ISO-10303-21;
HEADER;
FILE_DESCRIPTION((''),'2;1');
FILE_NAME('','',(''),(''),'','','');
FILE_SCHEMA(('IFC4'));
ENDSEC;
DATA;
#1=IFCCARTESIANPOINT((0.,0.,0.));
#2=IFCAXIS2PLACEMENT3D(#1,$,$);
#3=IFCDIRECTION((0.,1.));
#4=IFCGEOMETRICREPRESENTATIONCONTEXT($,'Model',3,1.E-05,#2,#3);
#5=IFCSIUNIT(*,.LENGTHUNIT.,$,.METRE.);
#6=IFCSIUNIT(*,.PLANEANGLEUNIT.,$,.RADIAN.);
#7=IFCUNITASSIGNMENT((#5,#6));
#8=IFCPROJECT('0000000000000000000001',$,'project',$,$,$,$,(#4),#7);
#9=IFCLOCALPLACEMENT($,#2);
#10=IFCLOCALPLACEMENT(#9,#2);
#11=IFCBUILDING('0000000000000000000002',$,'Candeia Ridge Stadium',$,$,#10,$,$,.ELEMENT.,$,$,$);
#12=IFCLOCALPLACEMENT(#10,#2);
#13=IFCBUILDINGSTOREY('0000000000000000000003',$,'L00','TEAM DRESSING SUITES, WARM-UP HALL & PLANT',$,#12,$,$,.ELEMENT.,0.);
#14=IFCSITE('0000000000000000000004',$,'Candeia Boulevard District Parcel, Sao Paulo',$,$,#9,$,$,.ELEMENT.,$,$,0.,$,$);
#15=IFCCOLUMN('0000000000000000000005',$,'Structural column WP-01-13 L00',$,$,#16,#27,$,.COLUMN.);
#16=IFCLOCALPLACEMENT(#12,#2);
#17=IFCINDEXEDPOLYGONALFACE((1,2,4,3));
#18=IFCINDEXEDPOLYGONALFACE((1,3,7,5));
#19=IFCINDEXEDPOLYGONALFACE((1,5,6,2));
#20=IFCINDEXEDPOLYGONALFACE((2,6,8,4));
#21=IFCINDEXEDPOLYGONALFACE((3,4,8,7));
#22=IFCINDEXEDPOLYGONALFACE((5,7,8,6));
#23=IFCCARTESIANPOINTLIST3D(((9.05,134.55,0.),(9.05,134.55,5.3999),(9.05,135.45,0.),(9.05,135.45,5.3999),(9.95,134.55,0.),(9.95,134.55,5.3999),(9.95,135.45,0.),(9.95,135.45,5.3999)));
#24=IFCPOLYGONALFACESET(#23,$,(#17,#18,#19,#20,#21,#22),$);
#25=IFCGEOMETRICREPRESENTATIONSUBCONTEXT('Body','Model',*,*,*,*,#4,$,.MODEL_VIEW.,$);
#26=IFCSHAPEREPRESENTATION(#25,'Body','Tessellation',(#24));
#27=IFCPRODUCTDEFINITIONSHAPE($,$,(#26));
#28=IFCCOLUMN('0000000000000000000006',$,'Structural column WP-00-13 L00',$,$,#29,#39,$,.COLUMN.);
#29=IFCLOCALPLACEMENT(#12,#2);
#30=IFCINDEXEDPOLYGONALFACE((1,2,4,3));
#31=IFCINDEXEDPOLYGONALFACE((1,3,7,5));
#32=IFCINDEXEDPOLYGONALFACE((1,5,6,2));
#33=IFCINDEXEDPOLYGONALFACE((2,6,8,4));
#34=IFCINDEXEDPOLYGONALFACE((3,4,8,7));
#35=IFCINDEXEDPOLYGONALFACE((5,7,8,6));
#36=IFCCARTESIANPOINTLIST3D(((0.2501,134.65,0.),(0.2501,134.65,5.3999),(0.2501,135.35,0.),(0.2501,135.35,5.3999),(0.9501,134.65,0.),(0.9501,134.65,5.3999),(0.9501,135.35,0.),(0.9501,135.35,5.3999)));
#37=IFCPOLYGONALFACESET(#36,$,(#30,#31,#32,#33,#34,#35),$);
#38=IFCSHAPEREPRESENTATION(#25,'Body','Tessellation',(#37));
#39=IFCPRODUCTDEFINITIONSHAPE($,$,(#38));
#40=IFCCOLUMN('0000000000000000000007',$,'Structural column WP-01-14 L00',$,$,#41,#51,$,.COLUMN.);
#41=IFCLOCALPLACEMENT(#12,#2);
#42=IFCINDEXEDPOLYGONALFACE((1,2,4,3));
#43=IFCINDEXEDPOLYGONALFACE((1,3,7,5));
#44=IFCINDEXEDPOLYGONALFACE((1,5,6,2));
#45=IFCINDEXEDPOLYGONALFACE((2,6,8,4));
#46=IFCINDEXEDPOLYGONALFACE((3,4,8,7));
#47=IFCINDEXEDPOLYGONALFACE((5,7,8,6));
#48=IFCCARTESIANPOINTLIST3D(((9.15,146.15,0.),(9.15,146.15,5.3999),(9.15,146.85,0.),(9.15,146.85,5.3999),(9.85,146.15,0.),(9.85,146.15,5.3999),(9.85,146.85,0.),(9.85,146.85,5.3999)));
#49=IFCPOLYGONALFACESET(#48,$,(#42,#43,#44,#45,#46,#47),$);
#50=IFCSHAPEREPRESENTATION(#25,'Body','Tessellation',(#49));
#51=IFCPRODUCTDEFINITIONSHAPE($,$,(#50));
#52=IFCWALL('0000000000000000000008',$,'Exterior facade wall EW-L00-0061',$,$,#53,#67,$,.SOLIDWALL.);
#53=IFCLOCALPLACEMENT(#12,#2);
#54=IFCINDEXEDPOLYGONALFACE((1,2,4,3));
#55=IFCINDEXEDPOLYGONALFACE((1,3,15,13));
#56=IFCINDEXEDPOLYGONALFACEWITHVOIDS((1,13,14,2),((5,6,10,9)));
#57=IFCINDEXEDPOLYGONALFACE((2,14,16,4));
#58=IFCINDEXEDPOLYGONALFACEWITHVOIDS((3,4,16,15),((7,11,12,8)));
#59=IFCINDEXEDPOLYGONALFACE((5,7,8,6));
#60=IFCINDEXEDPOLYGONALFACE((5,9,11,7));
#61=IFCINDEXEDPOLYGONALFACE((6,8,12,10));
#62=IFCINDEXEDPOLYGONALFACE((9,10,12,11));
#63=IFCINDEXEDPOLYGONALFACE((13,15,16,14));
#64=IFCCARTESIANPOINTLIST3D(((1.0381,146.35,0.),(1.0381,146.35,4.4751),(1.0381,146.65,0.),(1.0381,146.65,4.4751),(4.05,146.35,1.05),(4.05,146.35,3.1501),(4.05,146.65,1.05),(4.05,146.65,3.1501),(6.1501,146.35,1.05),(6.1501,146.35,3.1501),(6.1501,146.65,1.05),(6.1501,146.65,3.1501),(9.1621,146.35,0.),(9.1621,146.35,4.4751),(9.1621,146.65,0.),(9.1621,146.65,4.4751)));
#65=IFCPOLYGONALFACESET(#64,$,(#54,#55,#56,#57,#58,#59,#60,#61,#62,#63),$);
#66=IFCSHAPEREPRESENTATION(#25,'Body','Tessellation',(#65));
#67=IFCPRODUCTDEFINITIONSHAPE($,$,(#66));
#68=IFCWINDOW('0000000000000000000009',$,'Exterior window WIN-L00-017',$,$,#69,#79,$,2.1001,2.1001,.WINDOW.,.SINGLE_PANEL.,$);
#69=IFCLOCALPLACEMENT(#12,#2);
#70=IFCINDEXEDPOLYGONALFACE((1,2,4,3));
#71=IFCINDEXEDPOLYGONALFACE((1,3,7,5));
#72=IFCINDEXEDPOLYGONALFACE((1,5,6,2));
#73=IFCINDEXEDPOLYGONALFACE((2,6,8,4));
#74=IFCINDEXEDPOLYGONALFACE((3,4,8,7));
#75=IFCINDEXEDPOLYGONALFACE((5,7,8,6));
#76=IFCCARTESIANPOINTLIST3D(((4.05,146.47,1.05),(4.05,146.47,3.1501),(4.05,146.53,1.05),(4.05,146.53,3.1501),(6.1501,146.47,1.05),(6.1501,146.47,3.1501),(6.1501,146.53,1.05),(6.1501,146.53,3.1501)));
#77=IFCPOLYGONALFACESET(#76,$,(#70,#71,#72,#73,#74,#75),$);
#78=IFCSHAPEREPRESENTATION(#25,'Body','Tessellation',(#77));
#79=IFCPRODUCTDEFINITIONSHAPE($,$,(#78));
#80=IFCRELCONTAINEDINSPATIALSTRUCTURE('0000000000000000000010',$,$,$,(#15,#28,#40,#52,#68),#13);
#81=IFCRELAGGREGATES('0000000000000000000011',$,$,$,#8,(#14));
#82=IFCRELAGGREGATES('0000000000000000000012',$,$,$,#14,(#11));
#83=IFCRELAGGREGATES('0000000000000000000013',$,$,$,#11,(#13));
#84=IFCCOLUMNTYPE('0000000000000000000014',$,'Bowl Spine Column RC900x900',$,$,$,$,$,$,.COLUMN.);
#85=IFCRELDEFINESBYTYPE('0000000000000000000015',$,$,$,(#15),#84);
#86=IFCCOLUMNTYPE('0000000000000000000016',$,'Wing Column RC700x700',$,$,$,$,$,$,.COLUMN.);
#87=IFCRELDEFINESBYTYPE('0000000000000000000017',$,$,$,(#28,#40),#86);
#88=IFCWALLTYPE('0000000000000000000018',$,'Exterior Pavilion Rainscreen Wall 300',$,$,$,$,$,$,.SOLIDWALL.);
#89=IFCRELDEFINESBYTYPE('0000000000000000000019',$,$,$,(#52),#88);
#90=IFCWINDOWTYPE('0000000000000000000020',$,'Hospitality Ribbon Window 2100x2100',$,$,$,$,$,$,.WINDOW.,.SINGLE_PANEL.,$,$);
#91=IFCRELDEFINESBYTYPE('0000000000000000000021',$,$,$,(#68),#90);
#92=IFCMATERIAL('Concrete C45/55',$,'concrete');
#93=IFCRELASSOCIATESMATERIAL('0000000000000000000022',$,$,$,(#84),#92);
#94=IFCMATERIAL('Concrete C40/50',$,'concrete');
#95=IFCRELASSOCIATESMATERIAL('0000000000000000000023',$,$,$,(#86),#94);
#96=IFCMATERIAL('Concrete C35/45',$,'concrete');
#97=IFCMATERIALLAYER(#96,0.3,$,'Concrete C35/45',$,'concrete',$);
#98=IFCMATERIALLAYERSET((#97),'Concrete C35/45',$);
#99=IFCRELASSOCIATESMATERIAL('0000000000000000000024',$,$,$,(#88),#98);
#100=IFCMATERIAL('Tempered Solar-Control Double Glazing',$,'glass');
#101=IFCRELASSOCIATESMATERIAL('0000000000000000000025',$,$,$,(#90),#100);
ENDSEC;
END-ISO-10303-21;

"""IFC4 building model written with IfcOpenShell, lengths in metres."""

from ifc_helpers import new_model, si_unit, direction, frame, frame_2d, origin, origin_2d, place, context, subcontext, project, spatial, rectangle, extrude, material, layer, layer_set, material_profile, profile_set, type_object, element, fill, save


model = new_model("IFC4")

# Units and contexts
model_context = context("Model", 3, precision=1e-05, world=origin(), true_north=direction((0.0, 1.0)))
body_context = subcontext(model_context, "Body", "Model", "MODEL_VIEW")
ifc_project = project(units=[si_unit("LENGTHUNIT", "METRE"), si_unit("PLANEANGLEUNIT", "RADIAN")], contexts=[model_context])

# Site, building, storey
site_placement = place(None, origin())
site = spatial("IfcSite", under=ifc_project, at=site_placement, Name="Candeia Boulevard District Parcel, Sao Paulo", CompositionType="ELEMENT", RefElevation=0.0)
building_placement = place(site_placement, origin())
building = spatial("IfcBuilding", under=site, at=building_placement, Name="Candeia Ridge Stadium", CompositionType="ELEMENT")
storey_placement = place(building_placement, origin())
storey = spatial("IfcBuildingStorey", under=building, at=storey_placement, Name="L00", Description="TEAM DRESSING SUITES, WARM-UP HALL & PLANT", CompositionType="ELEMENT", Elevation=0.0)

# Shared definitions
ifc_material_1 = material(Name="Concrete C40/50", Category="concrete")

# Columns
ifc_material_2 = material(Name="Concrete C45/55", Category="concrete")
ifc_material_profile_1 = material_profile(ifc_material_2, rectangle(XDim=0.8999, YDim=0.8999, at=origin_2d()), Name="RC900x900", Category="concrete")
ifc_profile_set_1 = profile_set([ifc_material_profile_1], Name="Concrete C45/55")
column_type_1 = type_object("IfcColumnType", Name="Bowl Spine Column RC900x900", PredefinedType="COLUMN", material=ifc_profile_set_1)
for number, where, z_axis, x_axis, name in (
    (1, (9.5, 135.0, 0.0), (0.0, 0.0, 1.0), (1.0, 0.0, 0.0), "Structural column WP-01-13 L00"),
):
    element("IfcColumn", number, at=place(storey_placement, frame(where, z_axis=z_axis, x_axis=x_axis)), inside=storey, type_object=column_type_1, Name=name, PredefinedType="COLUMN", context=body_context, shape_type="SweptSolid", body=[
        extrude(rectangle(XDim=0.8999, YDim=0.8999, at=origin_2d()), origin(), (0.0, 0.0, 1.0), 5.3999),
    ])
ifc_material_profile_2 = material_profile(ifc_material_1, rectangle(XDim=0.7, YDim=0.7, at=origin_2d()), Name="RC700x700", Category="concrete")
ifc_profile_set_2 = profile_set([ifc_material_profile_2], Name="Concrete C40/50")
column_type_2 = type_object("IfcColumnType", Name="Wing Column RC700x700", PredefinedType="COLUMN", material=ifc_profile_set_2)
for number, where, z_axis, x_axis, name in (
    (2, (0.6001, 135.0, 0.0), (0.0, 0.0, 1.0), (1.0, 0.0, 0.0), "Structural column WP-00-13 L00"),
    (3, (9.5, 146.5, 0.0), (0.0, 0.0, 1.0), (1.0, 0.0, 0.0), "Structural column WP-01-14 L00"),
):
    element("IfcColumn", number, at=place(storey_placement, frame(where, z_axis=z_axis, x_axis=x_axis)), inside=storey, type_object=column_type_2, Name=name, PredefinedType="COLUMN", context=body_context, shape_type="SweptSolid", body=[
        extrude(rectangle(XDim=0.7, YDim=0.7, at=origin_2d()), origin(), (0.0, 0.0, 1.0), 5.3999),
    ])

# Shared definitions
ifc_material_3 = material(Name="Concrete C35/45", Category="concrete")

# Wall, opening, window
ifc_layer_1 = layer(ifc_material_3, 0.3, Name="Concrete C35/45", Category="concrete")
ifc_layer_set_1 = layer_set([ifc_layer_1], Name="Concrete C35/45")
wall_type_1 = type_object("IfcWallType", Name="Exterior Pavilion Rainscreen Wall 300", PredefinedType="SOLIDWALL", material=ifc_layer_set_1)
wall_1_placement = place(storey_placement, frame((1.0381, 146.5, 0.0), z_axis=(0.0, 0.0, 1.0), x_axis=(1.0, 0.0, 0.0)))
wall_1 = element("IfcWall", 4, at=wall_1_placement, inside=storey, type_object=wall_type_1, Name="Exterior facade wall EW-L00-0061", PredefinedType="SOLIDWALL", context=body_context, shape_type="SweptSolid", body=[
    extrude(rectangle(XDim=8.124, YDim=0.3, at=frame_2d((4.062, 0.0))), origin(), (0.0, 0.0, 1.0), 4.4751),
])
opening_1_placement = place(wall_1_placement, frame((3.012, 0.0, 1.05)))
opening_1 = element("IfcOpeningElement", 5, at=opening_1_placement, cuts=wall_1, PredefinedType="OPENING", context=body_context, shape_type="SweptSolid", body=[
    extrude(rectangle(XDim=2.1001, YDim=2.1001, at=frame_2d((1.05, 1.05))), frame((0.0, 0.1599, 0.0), z_axis=(0.0, -1.0, 0.0), x_axis=(1.0, 0.0, 0.0)), (0.0, 0.0, 1.0), 0.3201),
])
ifc_material_4 = material(Name="Tempered Solar-Control Double Glazing", Category="glass")
window_type = type_object("IfcWindowType", Name="Hospitality Ribbon Window 2100x2100", PartitioningType="SINGLE_PANEL", PredefinedType="WINDOW", material=ifc_material_4)
window_placement = place(opening_1_placement, origin())
window = element("IfcWindow", 6, at=window_placement, inside=storey, type_object=window_type, Name="Exterior window WIN-L00-017", OverallHeight=2.1001, OverallWidth=2.1001, PartitioningType="SINGLE_PANEL", PredefinedType="WINDOW", context=body_context, shape_type="SweptSolid", body=[
    extrude(rectangle(XDim=2.1001, YDim=2.1001, at=frame_2d((1.05, 1.05))), frame((0.0, 0.03, 0.0), z_axis=(0.0, -1.0, 0.0), x_axis=(1.0, 0.0, 0.0)), (0.0, 0.0, 1.0), 0.0601),
])
fill(opening_1, window)

save(model, "model.ifc")
